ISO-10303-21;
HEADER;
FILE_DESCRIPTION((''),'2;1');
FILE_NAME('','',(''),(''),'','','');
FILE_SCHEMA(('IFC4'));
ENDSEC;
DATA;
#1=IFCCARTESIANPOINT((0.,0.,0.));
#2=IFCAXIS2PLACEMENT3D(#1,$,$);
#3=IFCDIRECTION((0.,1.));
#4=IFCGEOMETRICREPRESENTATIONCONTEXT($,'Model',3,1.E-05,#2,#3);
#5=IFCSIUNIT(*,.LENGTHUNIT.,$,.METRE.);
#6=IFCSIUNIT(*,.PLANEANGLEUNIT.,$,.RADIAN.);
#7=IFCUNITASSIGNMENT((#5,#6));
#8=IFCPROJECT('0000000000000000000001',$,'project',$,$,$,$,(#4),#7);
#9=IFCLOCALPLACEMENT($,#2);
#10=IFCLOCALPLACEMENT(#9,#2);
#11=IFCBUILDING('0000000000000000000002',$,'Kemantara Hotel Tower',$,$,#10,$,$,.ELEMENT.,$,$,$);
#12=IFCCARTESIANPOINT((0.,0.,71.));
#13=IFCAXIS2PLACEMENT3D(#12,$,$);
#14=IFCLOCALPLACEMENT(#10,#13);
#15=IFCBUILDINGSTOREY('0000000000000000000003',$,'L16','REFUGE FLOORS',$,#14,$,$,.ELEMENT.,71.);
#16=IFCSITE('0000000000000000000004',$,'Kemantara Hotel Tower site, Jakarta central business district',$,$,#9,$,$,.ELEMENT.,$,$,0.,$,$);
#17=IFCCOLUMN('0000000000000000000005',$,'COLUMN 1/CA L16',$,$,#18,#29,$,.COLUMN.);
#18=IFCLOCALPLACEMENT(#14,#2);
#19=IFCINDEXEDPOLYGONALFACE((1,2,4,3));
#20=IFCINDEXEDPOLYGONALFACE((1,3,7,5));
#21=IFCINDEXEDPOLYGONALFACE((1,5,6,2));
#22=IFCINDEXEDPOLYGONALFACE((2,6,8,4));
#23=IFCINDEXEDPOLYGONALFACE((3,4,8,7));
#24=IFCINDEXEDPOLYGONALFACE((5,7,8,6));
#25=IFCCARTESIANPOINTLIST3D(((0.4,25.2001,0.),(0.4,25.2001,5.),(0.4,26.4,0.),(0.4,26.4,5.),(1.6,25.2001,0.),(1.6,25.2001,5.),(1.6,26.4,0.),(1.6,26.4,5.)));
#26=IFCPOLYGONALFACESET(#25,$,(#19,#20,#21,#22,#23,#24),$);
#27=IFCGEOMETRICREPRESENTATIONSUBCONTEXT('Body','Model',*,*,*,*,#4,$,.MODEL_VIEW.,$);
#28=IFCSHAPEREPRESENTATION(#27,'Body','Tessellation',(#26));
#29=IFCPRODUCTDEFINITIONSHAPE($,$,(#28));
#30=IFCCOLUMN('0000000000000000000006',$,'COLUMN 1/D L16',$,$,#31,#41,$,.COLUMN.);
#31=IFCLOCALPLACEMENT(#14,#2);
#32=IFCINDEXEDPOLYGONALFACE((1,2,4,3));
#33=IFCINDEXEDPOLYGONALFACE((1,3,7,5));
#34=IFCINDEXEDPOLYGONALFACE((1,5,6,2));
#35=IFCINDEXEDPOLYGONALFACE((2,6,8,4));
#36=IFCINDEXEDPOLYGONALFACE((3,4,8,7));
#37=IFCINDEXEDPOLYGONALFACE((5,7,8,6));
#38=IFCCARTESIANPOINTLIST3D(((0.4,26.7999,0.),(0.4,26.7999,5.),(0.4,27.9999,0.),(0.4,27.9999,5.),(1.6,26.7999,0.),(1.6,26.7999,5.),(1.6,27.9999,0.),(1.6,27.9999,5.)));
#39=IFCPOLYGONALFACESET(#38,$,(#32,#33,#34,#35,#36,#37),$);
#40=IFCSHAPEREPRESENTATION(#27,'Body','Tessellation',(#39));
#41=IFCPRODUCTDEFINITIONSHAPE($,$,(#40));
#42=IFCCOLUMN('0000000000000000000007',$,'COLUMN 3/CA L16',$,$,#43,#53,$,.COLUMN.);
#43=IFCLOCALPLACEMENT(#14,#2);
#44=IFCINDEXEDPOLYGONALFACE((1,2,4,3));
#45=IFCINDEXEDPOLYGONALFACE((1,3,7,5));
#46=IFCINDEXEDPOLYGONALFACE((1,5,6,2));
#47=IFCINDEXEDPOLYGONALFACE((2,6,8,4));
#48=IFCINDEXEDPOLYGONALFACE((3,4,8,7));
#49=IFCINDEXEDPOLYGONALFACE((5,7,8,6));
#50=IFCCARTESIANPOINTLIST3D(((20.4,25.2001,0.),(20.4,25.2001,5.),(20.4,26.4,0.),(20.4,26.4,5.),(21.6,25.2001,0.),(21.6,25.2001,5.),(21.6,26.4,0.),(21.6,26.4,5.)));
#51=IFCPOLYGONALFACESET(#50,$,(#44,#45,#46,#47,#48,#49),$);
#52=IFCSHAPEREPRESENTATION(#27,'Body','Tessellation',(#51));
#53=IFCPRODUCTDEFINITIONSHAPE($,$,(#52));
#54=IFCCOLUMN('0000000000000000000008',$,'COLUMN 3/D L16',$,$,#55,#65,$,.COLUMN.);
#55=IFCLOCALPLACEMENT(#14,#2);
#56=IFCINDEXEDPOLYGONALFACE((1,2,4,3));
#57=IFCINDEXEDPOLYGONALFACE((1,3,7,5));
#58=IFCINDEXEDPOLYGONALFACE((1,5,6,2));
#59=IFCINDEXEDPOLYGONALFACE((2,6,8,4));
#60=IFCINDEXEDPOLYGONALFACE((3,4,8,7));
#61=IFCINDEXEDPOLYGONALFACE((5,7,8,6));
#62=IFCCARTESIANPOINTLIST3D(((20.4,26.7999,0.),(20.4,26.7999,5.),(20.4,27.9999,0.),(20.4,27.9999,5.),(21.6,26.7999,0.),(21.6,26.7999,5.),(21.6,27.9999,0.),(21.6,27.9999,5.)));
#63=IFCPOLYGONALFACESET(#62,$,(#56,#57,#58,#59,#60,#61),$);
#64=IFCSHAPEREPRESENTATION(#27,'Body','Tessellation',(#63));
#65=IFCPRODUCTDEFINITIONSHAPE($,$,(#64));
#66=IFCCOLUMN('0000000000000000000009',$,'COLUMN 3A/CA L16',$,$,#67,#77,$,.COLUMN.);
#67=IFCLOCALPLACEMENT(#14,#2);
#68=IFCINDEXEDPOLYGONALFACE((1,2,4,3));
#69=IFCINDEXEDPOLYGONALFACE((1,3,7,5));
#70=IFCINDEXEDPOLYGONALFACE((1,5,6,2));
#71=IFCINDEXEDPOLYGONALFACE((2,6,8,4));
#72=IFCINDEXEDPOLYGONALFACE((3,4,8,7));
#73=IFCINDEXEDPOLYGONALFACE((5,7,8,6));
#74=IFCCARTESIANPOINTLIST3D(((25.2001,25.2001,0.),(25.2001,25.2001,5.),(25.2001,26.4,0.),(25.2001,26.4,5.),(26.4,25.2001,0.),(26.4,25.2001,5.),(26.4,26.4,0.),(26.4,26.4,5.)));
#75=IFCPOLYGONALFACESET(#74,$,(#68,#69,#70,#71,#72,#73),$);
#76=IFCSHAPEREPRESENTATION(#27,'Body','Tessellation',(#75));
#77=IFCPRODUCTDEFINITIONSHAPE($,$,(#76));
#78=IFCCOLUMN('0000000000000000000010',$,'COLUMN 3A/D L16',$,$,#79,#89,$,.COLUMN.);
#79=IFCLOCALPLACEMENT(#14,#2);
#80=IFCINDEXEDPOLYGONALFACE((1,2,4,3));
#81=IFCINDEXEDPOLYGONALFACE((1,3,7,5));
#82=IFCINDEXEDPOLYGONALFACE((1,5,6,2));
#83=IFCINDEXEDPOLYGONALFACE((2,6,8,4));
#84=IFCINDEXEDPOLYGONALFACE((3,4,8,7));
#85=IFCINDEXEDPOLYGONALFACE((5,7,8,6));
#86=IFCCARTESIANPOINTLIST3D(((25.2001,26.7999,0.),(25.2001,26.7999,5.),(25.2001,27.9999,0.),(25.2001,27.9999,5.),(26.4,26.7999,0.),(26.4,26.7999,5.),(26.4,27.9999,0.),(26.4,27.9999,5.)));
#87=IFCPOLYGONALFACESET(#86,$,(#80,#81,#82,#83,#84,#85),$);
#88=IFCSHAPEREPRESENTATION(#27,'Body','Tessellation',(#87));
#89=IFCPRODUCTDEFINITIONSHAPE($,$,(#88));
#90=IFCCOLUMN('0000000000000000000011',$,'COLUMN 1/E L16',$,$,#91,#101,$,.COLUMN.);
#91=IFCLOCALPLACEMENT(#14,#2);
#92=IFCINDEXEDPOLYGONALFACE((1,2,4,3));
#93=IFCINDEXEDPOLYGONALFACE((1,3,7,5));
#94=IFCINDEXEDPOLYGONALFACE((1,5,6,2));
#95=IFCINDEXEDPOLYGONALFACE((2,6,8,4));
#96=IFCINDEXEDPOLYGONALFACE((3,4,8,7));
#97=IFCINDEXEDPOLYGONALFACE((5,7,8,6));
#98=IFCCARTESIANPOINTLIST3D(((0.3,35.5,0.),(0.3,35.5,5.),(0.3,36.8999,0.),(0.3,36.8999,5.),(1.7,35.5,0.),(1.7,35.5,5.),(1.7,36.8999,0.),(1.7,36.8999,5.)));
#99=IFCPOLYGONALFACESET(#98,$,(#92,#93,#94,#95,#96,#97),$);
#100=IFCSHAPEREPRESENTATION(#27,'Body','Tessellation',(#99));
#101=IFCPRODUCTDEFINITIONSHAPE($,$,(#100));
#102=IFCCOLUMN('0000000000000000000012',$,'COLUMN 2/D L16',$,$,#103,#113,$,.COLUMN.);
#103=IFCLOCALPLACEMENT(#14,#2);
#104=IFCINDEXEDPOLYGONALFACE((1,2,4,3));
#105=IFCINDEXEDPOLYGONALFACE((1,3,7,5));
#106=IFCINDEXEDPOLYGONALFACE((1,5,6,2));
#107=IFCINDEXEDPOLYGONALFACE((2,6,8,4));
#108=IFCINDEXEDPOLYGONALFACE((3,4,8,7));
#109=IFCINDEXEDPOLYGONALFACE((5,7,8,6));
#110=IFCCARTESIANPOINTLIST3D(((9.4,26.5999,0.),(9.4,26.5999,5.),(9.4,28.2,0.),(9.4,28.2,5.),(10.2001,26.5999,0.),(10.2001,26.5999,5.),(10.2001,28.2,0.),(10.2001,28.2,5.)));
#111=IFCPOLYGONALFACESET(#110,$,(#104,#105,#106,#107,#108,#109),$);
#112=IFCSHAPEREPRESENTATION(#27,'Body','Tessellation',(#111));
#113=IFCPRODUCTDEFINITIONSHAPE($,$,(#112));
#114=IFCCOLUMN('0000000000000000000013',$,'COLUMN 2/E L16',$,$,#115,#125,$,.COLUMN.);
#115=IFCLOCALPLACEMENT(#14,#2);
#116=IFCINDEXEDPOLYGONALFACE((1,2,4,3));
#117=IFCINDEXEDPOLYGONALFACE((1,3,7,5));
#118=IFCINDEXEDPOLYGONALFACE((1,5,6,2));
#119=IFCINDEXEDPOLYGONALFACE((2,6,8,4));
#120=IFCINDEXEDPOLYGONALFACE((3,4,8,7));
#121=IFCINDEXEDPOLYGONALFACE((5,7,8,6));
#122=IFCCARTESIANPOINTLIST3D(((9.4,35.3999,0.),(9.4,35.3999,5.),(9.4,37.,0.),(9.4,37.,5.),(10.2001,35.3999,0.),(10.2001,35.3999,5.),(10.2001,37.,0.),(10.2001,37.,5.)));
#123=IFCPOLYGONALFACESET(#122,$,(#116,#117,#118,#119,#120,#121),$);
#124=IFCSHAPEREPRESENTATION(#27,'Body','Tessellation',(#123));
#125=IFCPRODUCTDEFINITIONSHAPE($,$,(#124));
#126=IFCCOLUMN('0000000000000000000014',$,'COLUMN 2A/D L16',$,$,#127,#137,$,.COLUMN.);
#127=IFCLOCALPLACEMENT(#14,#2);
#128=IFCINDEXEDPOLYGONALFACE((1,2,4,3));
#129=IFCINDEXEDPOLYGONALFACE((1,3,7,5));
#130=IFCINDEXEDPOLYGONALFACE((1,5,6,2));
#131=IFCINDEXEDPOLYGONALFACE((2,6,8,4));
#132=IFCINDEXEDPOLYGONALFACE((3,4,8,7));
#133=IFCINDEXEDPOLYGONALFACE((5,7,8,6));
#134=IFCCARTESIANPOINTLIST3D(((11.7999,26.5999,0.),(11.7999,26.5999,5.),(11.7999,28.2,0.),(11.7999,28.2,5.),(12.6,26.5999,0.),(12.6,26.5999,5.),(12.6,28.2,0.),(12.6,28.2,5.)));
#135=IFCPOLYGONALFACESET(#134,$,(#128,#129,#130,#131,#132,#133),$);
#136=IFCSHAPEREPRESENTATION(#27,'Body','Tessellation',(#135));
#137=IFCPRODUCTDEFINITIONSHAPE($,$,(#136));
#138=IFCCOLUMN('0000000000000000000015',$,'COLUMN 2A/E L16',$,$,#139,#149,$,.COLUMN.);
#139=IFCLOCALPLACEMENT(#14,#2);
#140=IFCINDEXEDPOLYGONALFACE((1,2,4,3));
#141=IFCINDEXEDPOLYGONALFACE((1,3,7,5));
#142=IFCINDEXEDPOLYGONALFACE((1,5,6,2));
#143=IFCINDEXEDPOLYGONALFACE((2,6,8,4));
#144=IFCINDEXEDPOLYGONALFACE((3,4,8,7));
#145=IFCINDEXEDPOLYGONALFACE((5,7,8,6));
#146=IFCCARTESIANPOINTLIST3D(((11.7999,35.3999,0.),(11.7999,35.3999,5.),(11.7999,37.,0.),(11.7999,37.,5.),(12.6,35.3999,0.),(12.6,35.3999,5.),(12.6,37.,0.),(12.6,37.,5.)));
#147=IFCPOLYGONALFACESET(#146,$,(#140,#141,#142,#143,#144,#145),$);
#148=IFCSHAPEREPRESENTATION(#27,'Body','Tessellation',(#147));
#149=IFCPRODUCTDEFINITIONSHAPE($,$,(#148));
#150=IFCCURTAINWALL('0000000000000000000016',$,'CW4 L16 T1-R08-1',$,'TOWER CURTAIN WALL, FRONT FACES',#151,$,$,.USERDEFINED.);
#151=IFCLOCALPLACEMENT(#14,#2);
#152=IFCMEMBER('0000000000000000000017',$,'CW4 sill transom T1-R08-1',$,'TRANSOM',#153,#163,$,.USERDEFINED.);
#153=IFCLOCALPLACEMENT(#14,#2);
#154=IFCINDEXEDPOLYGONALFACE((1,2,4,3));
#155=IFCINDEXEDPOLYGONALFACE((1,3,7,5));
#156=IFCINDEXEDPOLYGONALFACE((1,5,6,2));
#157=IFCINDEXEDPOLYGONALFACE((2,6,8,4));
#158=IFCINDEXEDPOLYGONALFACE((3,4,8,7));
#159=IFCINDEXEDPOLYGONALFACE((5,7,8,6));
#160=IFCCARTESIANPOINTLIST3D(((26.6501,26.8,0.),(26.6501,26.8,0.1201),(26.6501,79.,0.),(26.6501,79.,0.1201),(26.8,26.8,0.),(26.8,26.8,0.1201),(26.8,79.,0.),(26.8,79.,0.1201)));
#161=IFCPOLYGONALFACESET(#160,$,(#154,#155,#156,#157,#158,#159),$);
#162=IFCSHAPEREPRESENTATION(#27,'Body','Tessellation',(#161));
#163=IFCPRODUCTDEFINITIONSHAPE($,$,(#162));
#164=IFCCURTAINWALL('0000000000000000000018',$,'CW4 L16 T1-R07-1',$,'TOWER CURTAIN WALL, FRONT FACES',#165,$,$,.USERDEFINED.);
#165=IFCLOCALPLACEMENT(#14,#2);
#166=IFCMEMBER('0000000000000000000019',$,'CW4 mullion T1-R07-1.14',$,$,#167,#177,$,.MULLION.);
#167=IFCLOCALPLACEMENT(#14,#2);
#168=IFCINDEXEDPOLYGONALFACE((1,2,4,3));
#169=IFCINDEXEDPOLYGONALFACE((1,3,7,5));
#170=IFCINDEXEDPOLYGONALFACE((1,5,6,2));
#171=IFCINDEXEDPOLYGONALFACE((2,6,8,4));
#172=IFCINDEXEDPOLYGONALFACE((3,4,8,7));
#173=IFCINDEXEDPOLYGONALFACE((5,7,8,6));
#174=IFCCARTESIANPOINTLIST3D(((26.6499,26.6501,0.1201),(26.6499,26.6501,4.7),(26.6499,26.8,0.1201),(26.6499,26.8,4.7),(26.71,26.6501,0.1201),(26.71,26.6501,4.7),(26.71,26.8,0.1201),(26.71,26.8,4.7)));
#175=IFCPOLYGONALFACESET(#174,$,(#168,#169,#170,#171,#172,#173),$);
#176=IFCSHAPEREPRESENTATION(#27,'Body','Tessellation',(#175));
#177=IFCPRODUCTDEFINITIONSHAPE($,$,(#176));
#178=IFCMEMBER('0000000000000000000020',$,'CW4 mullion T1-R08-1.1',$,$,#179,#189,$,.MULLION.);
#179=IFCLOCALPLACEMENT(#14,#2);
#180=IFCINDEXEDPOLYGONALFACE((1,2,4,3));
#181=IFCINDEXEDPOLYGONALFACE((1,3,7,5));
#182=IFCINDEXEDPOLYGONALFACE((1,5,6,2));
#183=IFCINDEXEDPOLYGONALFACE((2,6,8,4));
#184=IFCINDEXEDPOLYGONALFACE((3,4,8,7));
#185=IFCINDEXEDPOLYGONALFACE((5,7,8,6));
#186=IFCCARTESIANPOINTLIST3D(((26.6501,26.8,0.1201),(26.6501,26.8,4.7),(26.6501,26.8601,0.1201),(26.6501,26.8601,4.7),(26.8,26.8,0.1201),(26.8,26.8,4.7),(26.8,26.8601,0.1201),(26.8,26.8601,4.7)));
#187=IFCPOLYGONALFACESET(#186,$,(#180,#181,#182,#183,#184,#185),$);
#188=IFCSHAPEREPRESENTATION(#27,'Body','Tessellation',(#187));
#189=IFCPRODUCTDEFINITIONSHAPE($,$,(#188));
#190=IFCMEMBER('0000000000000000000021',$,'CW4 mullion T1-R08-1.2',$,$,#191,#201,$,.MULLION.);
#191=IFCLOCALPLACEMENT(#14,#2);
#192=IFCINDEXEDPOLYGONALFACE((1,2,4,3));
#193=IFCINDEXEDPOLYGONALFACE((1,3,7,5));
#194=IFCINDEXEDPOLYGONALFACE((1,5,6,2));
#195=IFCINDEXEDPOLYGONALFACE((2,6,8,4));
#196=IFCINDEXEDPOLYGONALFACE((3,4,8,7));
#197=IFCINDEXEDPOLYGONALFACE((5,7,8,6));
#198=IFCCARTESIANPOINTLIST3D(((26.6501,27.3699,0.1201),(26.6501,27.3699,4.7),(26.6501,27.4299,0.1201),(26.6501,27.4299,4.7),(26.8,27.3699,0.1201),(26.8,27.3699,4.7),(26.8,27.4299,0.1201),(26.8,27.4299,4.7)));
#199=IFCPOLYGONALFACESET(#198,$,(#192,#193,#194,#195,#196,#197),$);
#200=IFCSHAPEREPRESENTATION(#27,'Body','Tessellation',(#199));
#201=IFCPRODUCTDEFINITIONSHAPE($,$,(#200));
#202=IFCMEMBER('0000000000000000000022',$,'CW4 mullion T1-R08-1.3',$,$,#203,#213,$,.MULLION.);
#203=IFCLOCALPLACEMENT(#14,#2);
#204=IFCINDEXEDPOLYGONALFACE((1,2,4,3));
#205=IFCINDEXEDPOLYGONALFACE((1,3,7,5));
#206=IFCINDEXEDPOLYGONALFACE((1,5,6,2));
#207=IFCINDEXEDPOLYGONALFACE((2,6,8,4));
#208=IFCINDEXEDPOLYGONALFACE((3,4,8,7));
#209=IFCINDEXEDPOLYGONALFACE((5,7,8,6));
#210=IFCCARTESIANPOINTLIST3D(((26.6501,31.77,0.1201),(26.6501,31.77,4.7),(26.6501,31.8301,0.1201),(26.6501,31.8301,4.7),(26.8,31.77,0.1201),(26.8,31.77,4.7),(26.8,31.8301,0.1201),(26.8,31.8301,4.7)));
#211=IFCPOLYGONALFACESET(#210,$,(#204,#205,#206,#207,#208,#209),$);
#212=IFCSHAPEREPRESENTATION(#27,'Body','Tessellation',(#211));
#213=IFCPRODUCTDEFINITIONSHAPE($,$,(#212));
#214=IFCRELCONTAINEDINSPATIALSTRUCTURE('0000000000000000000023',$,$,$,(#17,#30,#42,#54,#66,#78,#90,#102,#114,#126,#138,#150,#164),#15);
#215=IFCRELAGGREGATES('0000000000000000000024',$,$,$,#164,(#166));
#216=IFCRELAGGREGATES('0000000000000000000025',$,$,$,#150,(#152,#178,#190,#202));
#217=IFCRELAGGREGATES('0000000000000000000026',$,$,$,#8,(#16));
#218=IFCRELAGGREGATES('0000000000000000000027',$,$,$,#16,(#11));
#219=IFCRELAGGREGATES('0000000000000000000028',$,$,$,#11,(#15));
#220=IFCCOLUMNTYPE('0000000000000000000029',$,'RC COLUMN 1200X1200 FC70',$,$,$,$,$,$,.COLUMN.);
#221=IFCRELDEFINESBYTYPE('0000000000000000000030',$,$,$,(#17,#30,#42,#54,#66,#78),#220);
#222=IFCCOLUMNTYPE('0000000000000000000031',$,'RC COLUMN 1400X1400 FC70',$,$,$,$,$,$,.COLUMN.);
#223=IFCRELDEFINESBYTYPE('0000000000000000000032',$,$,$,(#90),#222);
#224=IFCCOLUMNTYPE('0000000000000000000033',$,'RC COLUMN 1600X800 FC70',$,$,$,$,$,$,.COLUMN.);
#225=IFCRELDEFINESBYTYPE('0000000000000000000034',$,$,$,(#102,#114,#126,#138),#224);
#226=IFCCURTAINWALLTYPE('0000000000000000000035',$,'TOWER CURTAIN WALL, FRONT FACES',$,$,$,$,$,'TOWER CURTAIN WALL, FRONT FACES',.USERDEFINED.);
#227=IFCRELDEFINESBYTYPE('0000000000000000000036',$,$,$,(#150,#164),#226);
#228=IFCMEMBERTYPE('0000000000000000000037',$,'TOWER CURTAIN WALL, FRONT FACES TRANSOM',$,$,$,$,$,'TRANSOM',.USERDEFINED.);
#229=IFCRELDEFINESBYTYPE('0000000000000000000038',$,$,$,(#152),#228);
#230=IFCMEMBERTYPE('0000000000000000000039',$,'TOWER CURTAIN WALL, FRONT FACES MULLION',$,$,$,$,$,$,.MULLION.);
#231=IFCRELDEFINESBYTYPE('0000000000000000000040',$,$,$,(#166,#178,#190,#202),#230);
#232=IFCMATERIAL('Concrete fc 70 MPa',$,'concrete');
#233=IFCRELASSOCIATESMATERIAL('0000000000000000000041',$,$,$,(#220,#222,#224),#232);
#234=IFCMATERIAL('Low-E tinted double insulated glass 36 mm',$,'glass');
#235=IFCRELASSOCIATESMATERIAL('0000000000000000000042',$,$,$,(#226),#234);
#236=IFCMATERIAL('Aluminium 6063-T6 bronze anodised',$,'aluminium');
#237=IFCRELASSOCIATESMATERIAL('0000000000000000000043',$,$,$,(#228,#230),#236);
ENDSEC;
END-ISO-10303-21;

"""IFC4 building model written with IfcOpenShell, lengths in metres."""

from ifc_helpers import new_model, si_unit, direction, frame, origin, origin_2d, place, context, subcontext, project, spatial, rectangle, extrude, source, transform, mapped, material, material_profile, profile_set, type_object, element, aggregate, save


model = new_model("IFC4")

# Units and contexts
model_context = context("Model", 3, precision=1e-05, world=origin(), true_north=direction((0.0, 1.0)))
body_context = subcontext(model_context, "Body", "Model", "MODEL_VIEW")
ifc_project = project(units=[si_unit("LENGTHUNIT", "METRE"), si_unit("PLANEANGLEUNIT", "RADIAN")], contexts=[model_context])

# Site, building, storey
site_placement = place(None, origin())
site = spatial("IfcSite", under=ifc_project, at=site_placement, Name="Kemantara Hotel Tower site, Jakarta central business district", CompositionType="ELEMENT", RefElevation=0.0)
building_placement = place(site_placement, origin())
building = spatial("IfcBuilding", under=site, at=building_placement, Name="Kemantara Hotel Tower", CompositionType="ELEMENT")
storey_placement = place(building_placement, frame((0.0, 0.0, 71.0)))
storey = spatial("IfcBuildingStorey", under=building, at=storey_placement, Name="L16", Description="REFUGE FLOORS", CompositionType="ELEMENT", Elevation=71.0)

# Columns
ifc_material_1 = material(Name="Concrete fc 70 MPa", Category="concrete")
ifc_material_profile_1 = material_profile(ifc_material_1, rectangle(XDim=1.2, YDim=1.2, at=origin_2d()), Name="RC 1200X1200")
ifc_profile_set_1 = profile_set([ifc_material_profile_1], Name="Concrete fc 70 MPa")
column_type_1 = type_object("IfcColumnType", Name="RC COLUMN 1200X1200 FC70", PredefinedType="COLUMN", material=ifc_profile_set_1)
for number, where, z_axis, x_axis, name in (
    (1, (1.0, 25.8, 0.0), (0.0, 0.0, 1.0), (1.0, 0.0, 0.0), "COLUMN 1/CA L16"),
    (2, (1.0, 27.3999, 0.0), (0.0, 0.0, 1.0), (1.0, 0.0, 0.0), "COLUMN 1/D L16"),
    (3, (21.0, 25.8, 0.0), (0.0, 0.0, 1.0), (1.0, 0.0, 0.0), "COLUMN 3/CA L16"),
    (4, (21.0, 27.3999, 0.0), (0.0, 0.0, 1.0), (1.0, 0.0, 0.0), "COLUMN 3/D L16"),
    (5, (25.8, 25.8, 0.0), (0.0, 0.0, 1.0), (1.0, 0.0, 0.0), "COLUMN 3A/CA L16"),
    (6, (25.8, 27.3999, 0.0), (0.0, 0.0, 1.0), (1.0, 0.0, 0.0), "COLUMN 3A/D L16"),
):
    element("IfcColumn", number, at=place(storey_placement, frame(where, z_axis=z_axis, x_axis=x_axis)), inside=storey, type_object=column_type_1, Name=name, PredefinedType="COLUMN", context=body_context, shape_type="SweptSolid", body=[
        extrude(rectangle(XDim=1.2, YDim=1.2, at=origin_2d()), origin(), (0.0, 0.0, 1.0), 5.0),
    ])
ifc_material_profile_2 = material_profile(ifc_material_1, rectangle(XDim=1.3999, YDim=1.3999, at=origin_2d()), Name="RC 1400X1400")
ifc_profile_set_2 = profile_set([ifc_material_profile_2], Name="Concrete fc 70 MPa")
column_type_2 = type_object("IfcColumnType", Name="RC COLUMN 1400X1400 FC70", PredefinedType="COLUMN", material=ifc_profile_set_2)
column_placement = place(storey_placement, frame((1.0, 36.2, 0.0), z_axis=(0.0, 0.0, 1.0), x_axis=(1.0, 0.0, 0.0)))
element("IfcColumn", 7, at=column_placement, inside=storey, type_object=column_type_2, Name="COLUMN 1/E L16", PredefinedType="COLUMN", context=body_context, shape_type="SweptSolid", body=[
    extrude(rectangle(XDim=1.3999, YDim=1.3999, at=origin_2d()), origin(), (0.0, 0.0, 1.0), 5.0),
])
ifc_material_profile_3 = material_profile(ifc_material_1, rectangle(XDim=1.6001, YDim=0.8, at=origin_2d()), Name="RC 1600X800")
ifc_profile_set_3 = profile_set([ifc_material_profile_3], Name="Concrete fc 70 MPa")
column_type_3 = type_object("IfcColumnType", Name="RC COLUMN 1600X800 FC70", PredefinedType="COLUMN", material=ifc_profile_set_3)
for number, where, z_axis, x_axis, name in (
    (8, (9.8, 27.3999, 0.0), (0.0, 0.0, 1.0), (0.0, 1.0, 0.0), "COLUMN 2/D L16"),
    (9, (9.8, 36.2, 0.0), (0.0, 0.0, 1.0), (0.0, 1.0, 0.0), "COLUMN 2/E L16"),
    (10, (12.2, 27.3999, 0.0), (0.0, 0.0, 1.0), (0.0, 1.0, 0.0), "COLUMN 2A/D L16"),
    (11, (12.2, 36.2, 0.0), (0.0, 0.0, 1.0), (0.0, 1.0, 0.0), "COLUMN 2A/E L16"),
):
    element("IfcColumn", number, at=place(storey_placement, frame(where, z_axis=z_axis, x_axis=x_axis)), inside=storey, type_object=column_type_3, Name=name, PredefinedType="COLUMN", context=body_context, shape_type="SweptSolid", body=[
        extrude(rectangle(XDim=1.6001, YDim=0.8, at=origin_2d()), origin(), (0.0, 0.0, 1.0), 5.0),
    ])

# Curtain walls, members
ifc_material_2 = material(Name="Low-E tinted double insulated glass 36 mm", Category="glass")
curtain_wall_type = type_object("IfcCurtainWallType", Name="TOWER CURTAIN WALL, FRONT FACES", ElementType="TOWER CURTAIN WALL, FRONT FACES", PredefinedType="USERDEFINED", material=ifc_material_2)
curtain_wall_1_placement = place(storey_placement, origin())
curtain_wall_1 = element("IfcCurtainWall", 12, at=curtain_wall_1_placement, inside=storey, type_object=curtain_wall_type, Name="CW4 L16 T1-R08-1", ObjectType="TOWER CURTAIN WALL, FRONT FACES", PredefinedType="USERDEFINED")
ifc_material_3 = material(Name="Aluminium 6063-T6 bronze anodised", Category="aluminium")
ifc_material_profile_4 = material_profile(ifc_material_3, rectangle(XDim=0.1499, YDim=0.1201, at=origin_2d()), Name="TOWER CURTAIN WALL, FRONT FACES TRANSOM")
ifc_profile_set_4 = profile_set([ifc_material_profile_4], Name="Aluminium 6063-T6 bronze anodised")
member_type_1 = type_object("IfcMemberType", Name="TOWER CURTAIN WALL, FRONT FACES TRANSOM", ElementType="TRANSOM", PredefinedType="USERDEFINED", material=ifc_profile_set_4)
member_1_placement = place(storey_placement, frame((26.7251, 26.8, 0.0601), z_axis=(0.0, 1.0, 0.0), x_axis=(-1.0, 0.0, 0.0)))
member_1 = element("IfcMember", 13, at=member_1_placement, type_object=member_type_1, Name="CW4 sill transom T1-R08-1", ObjectType="TRANSOM", PredefinedType="USERDEFINED", context=body_context, shape_type="SweptSolid", body=[
    extrude(rectangle(XDim=0.1499, YDim=0.1201, at=origin_2d()), origin(), (0.0, 0.0, 1.0), 52.2),
])
curtain_wall_2_placement = place(storey_placement, origin())
curtain_wall_2 = element("IfcCurtainWall", 14, at=curtain_wall_2_placement, inside=storey, type_object=curtain_wall_type, Name="CW4 L16 T1-R07-1", ObjectType="TOWER CURTAIN WALL, FRONT FACES", PredefinedType="USERDEFINED")
ifc_material_profile_5 = material_profile(ifc_material_3, rectangle(XDim=0.1499, YDim=0.0601, at=origin_2d()), Name="TOWER CURTAIN WALL, FRONT FACES MULLION")
ifc_profile_set_5 = profile_set([ifc_material_profile_5], Name="Aluminium 6063-T6 bronze anodised")
member_type_2 = type_object("IfcMemberType", Name="TOWER CURTAIN WALL, FRONT FACES MULLION", PredefinedType="MULLION", material=ifc_profile_set_5)
shared_shape_1 = source(origin(), body_context, "Body", "SweptSolid", [
    extrude(rectangle(XDim=0.1499, YDim=0.0601, at=origin_2d()), origin(), (0.0, 0.0, 1.0), 4.5798),
])
member_2_placement = place(storey_placement, frame((26.6799, 26.7251, 0.1201), z_axis=(0.0, 0.0, 1.0), x_axis=(0.0, -1.0, 0.0)))
member_2 = element("IfcMember", 15, at=member_2_placement, type_object=member_type_2, Name="CW4 mullion T1-R07-1.14", PredefinedType="MULLION", context=body_context, shape_type="MappedRepresentation", body=[
    mapped(shared_shape_1, transform((0.0, 0.0, 0.0))),
])
aggregate(curtain_wall_2, [member_2])

# Members
member_3_placement = place(storey_placement, frame((26.7251, 26.8301, 0.1201), z_axis=(0.0, 0.0, 1.0), x_axis=(-1.0, 0.0, 0.0)))
member_3 = element("IfcMember", 16, at=member_3_placement, type_object=member_type_2, Name="CW4 mullion T1-R08-1.1", PredefinedType="MULLION", context=body_context, shape_type="MappedRepresentation", body=[
    mapped(shared_shape_1, transform((0.0, 0.0, 0.0))),
])
member_4_placement = place(storey_placement, frame((26.7251, 27.3999, 0.1201), z_axis=(0.0, 0.0, 1.0), x_axis=(-1.0, 0.0, 0.0)))
member_4 = element("IfcMember", 17, at=member_4_placement, type_object=member_type_2, Name="CW4 mullion T1-R08-1.2", PredefinedType="MULLION", context=body_context, shape_type="MappedRepresentation", body=[
    mapped(shared_shape_1, transform((0.0, 0.0, 0.0))),
])
member_5_placement = place(storey_placement, frame((26.7251, 31.8, 0.1201), z_axis=(0.0, 0.0, 1.0), x_axis=(-1.0, 0.0, 0.0)))
member_5 = element("IfcMember", 18, at=member_5_placement, type_object=member_type_2, Name="CW4 mullion T1-R08-1.3", PredefinedType="MULLION", context=body_context, shape_type="MappedRepresentation", body=[
    mapped(shared_shape_1, transform((0.0, 0.0, 0.0))),
])
aggregate(curtain_wall_1, [member_1, member_3, member_4, member_5])

save(model, "model.ifc")
